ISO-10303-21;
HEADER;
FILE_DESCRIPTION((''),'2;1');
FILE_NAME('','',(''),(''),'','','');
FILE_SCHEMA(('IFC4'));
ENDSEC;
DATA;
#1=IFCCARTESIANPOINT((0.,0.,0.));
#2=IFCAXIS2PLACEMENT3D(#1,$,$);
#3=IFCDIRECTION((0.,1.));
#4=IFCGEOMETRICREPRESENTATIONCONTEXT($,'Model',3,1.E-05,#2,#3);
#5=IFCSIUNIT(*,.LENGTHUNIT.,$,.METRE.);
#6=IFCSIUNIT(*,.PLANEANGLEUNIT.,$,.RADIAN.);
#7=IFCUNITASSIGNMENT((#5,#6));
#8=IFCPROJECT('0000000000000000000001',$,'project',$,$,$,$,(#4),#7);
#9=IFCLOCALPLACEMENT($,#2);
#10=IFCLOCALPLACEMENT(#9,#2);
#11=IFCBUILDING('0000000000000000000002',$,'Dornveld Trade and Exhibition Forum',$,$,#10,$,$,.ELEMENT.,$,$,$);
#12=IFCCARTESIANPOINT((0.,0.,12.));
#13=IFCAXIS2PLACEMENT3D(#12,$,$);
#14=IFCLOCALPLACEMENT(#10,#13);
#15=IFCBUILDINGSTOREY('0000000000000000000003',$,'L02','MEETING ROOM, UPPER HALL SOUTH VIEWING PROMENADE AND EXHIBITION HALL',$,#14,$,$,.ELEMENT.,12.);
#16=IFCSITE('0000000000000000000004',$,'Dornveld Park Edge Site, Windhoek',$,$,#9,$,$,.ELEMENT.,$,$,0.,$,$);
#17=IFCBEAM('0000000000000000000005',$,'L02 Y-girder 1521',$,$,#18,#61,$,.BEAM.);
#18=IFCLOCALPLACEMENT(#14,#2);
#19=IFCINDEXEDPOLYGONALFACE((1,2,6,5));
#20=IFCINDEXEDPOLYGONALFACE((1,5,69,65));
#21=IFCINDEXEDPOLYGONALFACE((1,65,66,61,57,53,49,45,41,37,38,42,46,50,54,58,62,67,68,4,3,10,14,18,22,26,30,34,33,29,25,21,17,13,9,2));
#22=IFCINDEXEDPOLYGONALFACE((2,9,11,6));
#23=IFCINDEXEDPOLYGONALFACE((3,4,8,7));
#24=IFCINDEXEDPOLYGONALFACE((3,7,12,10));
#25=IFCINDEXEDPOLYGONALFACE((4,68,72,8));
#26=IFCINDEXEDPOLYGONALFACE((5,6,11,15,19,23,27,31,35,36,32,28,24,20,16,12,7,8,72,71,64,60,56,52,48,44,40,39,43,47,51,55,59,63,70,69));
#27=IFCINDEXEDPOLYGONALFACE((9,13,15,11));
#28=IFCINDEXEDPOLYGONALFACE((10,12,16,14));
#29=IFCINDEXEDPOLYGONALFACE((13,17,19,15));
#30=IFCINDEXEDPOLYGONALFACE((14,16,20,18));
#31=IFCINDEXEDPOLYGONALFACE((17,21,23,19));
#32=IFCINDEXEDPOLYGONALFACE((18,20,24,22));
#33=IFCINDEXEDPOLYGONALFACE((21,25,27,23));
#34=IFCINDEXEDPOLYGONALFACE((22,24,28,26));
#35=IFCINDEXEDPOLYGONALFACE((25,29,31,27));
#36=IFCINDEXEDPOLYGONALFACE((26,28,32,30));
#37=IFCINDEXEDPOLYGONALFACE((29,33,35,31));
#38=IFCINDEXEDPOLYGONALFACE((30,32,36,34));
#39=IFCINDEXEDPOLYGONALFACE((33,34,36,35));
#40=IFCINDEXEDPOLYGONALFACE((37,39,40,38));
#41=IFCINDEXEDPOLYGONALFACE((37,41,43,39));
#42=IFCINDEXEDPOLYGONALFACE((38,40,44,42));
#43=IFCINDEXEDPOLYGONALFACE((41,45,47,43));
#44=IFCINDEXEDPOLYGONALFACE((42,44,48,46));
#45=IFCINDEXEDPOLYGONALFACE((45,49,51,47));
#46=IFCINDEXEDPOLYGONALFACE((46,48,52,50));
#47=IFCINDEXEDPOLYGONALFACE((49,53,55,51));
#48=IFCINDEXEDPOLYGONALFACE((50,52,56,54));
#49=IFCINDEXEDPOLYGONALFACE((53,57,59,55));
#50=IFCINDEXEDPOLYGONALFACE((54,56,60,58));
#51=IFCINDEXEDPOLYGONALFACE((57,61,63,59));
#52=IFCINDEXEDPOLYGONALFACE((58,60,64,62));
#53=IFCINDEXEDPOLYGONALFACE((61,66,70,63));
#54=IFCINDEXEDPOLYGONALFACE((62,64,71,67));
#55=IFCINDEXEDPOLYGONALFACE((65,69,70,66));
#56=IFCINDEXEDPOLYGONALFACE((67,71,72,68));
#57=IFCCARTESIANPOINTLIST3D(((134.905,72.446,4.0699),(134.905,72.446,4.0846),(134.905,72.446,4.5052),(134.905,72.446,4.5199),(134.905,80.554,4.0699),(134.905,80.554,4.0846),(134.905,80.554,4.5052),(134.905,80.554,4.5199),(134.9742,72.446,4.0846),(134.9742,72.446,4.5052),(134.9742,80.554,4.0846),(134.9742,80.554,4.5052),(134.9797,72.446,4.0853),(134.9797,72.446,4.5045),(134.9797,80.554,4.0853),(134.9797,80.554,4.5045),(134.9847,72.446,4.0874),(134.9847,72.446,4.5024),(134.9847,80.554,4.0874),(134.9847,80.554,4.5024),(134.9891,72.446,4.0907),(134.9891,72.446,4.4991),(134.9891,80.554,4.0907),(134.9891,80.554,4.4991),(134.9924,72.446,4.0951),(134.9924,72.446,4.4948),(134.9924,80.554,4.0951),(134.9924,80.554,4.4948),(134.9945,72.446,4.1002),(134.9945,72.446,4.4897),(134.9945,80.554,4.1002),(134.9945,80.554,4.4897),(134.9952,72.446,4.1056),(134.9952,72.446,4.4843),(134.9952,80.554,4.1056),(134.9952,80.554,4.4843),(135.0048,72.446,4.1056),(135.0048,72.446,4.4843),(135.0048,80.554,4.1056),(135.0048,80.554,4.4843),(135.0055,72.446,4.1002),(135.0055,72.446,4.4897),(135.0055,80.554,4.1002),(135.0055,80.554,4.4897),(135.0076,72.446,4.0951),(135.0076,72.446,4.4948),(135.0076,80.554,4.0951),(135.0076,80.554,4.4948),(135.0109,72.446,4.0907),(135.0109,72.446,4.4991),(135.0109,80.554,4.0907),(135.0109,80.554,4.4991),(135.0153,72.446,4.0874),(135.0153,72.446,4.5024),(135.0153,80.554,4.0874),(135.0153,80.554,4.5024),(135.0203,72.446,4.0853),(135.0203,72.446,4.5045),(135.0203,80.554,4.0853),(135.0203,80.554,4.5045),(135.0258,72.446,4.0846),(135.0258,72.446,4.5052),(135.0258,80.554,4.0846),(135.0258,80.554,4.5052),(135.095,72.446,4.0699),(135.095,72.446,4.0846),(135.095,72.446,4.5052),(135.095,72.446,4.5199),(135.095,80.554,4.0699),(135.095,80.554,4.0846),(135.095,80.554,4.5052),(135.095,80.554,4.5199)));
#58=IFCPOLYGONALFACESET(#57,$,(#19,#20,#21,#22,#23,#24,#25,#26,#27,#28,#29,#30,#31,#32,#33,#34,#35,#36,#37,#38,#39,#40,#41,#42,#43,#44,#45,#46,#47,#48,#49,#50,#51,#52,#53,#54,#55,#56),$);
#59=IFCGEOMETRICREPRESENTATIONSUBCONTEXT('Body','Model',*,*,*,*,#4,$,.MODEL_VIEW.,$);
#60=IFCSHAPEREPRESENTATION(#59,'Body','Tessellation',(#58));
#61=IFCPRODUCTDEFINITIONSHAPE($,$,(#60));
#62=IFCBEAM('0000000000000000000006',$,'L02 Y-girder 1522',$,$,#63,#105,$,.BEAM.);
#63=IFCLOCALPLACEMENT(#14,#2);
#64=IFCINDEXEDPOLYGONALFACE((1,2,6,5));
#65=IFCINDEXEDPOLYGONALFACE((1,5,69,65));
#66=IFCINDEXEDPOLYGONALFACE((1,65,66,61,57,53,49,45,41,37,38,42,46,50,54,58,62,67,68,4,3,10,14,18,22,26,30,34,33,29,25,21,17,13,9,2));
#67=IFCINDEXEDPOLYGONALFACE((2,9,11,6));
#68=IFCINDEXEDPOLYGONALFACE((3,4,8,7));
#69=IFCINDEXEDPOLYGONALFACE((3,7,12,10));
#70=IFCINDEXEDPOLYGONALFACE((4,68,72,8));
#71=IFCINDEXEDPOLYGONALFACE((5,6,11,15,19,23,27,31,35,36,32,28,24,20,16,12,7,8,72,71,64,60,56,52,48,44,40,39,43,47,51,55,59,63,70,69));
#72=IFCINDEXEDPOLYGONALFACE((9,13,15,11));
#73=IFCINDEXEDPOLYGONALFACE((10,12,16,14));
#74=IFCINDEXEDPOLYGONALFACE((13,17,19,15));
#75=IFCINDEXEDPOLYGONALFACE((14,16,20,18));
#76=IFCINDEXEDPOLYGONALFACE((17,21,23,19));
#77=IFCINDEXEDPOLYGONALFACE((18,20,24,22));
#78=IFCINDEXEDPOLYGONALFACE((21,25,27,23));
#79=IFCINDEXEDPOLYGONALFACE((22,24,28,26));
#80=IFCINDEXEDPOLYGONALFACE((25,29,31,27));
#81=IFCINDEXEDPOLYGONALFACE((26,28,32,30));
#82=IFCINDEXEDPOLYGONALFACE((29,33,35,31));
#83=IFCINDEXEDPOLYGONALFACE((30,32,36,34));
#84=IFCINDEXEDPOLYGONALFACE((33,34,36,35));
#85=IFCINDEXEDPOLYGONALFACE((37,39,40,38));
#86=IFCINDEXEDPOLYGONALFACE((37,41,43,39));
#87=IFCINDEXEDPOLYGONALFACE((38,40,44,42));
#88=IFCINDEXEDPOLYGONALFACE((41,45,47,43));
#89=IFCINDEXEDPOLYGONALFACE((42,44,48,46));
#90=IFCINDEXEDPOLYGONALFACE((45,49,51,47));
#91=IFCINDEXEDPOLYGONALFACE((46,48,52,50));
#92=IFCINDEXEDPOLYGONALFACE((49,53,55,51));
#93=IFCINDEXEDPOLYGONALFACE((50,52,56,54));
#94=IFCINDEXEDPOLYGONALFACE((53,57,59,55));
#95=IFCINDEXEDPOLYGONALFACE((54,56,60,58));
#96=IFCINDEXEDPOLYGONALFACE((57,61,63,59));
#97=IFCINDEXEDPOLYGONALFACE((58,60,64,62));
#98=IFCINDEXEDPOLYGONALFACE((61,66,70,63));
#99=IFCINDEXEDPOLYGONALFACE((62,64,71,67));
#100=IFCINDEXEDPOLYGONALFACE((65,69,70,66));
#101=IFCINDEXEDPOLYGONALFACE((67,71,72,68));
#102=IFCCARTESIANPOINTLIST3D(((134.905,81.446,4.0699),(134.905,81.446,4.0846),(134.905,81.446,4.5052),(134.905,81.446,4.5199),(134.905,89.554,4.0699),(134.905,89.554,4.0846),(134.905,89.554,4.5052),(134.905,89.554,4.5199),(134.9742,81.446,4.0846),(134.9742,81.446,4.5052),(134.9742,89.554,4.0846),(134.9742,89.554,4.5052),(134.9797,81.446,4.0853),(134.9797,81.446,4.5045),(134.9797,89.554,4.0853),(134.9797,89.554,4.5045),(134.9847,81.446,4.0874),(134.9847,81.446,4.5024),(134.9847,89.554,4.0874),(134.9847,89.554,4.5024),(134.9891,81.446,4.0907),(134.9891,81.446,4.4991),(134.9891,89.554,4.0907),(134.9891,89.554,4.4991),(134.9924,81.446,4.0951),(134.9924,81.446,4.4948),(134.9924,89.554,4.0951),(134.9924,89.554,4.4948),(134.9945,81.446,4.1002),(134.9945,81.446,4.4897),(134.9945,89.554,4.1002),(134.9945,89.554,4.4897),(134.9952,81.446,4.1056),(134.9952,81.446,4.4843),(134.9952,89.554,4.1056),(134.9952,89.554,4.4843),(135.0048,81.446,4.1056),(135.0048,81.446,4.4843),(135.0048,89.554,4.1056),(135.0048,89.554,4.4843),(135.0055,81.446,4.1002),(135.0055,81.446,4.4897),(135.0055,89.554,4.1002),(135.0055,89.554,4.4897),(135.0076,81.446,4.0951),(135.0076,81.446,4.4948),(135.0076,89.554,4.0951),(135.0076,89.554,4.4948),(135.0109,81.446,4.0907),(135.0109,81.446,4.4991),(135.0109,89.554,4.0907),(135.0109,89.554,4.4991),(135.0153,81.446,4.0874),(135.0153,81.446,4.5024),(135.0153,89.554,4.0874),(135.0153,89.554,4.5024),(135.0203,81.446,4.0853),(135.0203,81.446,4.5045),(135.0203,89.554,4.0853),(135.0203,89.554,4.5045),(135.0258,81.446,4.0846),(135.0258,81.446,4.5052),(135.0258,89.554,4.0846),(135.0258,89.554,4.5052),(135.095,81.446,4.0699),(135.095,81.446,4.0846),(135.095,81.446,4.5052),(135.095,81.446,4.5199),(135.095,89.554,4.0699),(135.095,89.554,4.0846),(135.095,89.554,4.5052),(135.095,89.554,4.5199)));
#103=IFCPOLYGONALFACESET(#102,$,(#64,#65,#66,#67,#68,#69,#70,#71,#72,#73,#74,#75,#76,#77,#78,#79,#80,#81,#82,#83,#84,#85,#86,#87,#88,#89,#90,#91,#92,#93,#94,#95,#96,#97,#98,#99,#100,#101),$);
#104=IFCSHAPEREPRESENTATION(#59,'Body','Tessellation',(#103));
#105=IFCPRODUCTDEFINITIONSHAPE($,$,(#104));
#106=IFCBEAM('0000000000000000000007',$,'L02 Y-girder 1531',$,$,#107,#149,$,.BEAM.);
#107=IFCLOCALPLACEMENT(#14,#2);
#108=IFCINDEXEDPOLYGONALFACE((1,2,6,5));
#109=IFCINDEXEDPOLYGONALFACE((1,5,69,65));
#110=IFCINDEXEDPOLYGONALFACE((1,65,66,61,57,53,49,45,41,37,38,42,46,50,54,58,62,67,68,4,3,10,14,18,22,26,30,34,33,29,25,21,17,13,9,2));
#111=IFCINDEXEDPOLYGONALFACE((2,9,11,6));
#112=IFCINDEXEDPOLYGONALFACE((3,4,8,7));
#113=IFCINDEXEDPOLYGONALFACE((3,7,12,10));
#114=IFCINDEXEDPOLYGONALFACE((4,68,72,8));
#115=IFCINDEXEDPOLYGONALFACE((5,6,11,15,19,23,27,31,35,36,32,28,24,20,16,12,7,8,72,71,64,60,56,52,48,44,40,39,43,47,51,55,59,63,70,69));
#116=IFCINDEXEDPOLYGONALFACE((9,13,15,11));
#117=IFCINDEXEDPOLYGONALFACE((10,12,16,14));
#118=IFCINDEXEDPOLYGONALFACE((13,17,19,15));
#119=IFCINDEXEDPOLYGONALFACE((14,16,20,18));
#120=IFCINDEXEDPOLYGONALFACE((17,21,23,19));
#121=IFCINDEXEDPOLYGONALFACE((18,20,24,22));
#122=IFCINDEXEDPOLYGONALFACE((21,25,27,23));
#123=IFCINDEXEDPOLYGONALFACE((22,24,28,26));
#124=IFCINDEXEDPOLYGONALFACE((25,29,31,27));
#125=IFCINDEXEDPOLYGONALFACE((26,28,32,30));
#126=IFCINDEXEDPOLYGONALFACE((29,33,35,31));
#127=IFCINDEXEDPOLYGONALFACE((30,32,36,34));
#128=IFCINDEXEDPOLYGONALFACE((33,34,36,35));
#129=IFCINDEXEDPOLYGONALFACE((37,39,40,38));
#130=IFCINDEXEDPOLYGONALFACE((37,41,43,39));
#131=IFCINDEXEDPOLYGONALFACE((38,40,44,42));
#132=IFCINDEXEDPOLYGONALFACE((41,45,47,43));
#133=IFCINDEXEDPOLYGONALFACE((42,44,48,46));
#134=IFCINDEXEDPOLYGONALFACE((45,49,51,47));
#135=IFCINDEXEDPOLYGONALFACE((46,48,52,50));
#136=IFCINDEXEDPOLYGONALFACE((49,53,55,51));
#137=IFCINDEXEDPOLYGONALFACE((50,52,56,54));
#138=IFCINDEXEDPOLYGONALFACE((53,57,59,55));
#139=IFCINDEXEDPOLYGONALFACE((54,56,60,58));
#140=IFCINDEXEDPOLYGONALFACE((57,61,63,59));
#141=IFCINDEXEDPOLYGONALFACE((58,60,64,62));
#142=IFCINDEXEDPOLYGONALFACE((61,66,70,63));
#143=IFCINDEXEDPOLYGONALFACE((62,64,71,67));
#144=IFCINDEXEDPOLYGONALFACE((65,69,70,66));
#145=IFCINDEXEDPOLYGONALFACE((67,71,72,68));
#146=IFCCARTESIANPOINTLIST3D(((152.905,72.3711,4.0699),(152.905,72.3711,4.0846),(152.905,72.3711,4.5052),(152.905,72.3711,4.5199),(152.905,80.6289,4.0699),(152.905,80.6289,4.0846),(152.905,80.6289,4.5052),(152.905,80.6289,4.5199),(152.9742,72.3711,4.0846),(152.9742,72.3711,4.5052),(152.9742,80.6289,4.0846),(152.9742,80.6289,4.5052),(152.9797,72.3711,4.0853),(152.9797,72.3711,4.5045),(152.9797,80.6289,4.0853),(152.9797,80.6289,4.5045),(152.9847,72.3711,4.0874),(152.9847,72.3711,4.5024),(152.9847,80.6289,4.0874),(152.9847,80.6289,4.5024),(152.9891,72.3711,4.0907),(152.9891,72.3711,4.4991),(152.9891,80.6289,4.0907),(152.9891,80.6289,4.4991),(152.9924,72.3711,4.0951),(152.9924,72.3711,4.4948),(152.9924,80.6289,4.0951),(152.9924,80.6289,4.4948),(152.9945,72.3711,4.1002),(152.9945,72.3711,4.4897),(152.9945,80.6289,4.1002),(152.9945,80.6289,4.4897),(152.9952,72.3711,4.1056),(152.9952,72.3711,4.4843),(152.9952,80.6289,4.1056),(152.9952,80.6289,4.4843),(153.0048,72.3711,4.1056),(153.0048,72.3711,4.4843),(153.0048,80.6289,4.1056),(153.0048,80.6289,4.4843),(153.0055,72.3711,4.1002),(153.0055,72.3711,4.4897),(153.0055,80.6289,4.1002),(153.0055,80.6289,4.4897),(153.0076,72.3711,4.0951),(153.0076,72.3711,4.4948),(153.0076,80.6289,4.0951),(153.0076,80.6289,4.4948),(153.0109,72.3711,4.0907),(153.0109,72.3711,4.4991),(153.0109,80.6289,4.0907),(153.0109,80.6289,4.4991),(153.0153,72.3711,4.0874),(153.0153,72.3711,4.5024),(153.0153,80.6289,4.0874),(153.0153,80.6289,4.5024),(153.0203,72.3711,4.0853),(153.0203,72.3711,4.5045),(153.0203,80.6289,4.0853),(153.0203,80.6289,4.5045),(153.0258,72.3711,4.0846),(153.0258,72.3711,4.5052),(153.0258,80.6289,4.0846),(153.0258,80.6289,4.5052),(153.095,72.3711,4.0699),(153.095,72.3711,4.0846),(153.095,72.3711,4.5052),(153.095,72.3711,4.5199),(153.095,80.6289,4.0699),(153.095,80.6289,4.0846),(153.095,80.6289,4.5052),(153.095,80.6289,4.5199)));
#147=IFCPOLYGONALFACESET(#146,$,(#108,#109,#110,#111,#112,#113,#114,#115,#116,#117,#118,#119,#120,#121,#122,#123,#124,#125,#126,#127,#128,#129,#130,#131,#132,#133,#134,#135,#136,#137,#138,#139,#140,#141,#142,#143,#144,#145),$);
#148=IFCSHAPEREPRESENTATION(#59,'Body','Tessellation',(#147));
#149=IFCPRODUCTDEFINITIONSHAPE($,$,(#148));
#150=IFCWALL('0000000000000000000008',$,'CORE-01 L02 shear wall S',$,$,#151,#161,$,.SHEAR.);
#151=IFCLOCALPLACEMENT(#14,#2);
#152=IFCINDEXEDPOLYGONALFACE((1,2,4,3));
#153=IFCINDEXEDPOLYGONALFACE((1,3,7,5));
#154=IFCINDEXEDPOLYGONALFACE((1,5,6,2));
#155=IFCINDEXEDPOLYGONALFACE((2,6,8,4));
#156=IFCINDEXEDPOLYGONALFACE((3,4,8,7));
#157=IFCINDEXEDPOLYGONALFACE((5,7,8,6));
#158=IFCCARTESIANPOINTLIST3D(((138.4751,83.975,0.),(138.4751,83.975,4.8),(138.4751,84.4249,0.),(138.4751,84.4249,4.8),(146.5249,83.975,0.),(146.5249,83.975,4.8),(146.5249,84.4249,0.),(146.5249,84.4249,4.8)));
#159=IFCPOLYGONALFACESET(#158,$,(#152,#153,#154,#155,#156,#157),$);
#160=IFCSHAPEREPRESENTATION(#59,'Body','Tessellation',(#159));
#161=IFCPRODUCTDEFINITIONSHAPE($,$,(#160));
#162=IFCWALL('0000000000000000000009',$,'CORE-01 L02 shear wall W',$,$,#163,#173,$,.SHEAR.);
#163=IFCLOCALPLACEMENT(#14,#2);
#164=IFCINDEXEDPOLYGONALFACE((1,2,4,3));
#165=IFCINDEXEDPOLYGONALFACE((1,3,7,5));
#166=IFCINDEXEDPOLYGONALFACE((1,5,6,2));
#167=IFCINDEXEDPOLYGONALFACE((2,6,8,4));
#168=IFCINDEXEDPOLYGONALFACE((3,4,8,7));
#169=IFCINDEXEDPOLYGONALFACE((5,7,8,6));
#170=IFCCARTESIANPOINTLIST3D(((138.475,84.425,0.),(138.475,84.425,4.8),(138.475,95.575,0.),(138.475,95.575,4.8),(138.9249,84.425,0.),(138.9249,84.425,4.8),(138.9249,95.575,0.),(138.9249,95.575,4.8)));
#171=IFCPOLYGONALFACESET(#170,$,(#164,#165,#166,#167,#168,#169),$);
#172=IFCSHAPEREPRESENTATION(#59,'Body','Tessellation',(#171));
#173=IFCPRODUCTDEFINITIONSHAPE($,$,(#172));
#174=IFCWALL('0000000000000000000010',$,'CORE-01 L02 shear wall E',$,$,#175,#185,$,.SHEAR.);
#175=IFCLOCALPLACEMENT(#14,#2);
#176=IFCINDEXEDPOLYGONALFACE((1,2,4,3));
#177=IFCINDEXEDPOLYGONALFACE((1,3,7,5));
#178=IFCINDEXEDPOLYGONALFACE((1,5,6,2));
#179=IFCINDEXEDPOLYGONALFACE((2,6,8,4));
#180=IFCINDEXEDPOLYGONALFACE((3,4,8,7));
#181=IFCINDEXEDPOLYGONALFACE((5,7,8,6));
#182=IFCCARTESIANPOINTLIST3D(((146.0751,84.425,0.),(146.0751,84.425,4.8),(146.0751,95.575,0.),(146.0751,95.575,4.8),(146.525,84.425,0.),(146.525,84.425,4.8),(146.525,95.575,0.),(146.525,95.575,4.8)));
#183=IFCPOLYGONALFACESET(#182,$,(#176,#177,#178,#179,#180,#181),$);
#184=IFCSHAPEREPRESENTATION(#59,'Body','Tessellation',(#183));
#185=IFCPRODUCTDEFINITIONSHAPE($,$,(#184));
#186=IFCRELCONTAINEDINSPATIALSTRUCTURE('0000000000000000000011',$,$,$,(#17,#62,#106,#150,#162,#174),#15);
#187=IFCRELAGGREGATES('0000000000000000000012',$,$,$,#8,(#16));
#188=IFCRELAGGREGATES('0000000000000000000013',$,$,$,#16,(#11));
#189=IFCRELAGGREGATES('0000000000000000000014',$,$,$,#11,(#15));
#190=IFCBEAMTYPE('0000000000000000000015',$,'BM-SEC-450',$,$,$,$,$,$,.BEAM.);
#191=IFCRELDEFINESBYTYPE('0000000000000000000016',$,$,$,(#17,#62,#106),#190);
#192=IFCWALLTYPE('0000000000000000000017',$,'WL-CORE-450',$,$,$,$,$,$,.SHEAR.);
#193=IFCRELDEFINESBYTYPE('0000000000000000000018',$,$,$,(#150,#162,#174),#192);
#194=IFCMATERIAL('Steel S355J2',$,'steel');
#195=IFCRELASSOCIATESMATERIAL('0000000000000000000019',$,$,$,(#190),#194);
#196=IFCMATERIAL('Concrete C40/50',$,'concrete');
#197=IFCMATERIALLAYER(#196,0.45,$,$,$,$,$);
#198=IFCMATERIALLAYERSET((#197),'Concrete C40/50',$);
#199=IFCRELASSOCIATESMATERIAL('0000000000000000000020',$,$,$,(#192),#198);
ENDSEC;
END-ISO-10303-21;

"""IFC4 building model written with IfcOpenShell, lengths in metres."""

from ifc_helpers import new_model, si_unit, direction, frame, frame_2d, origin, origin_2d, place, context, subcontext, project, spatial, rectangle, i_section, extrude, material, layer, layer_set, material_profile, profile_set, type_object, element, save


model = new_model("IFC4")

# Units and contexts
model_context = context("Model", 3, precision=1e-05, world=origin(), true_north=direction((0.0, 1.0)))
body_context = subcontext(model_context, "Body", "Model", "MODEL_VIEW")
ifc_project = project(units=[si_unit("LENGTHUNIT", "METRE"), si_unit("PLANEANGLEUNIT", "RADIAN")], contexts=[model_context])

# Site, building, storey
site_placement = place(None, origin())
site = spatial("IfcSite", under=ifc_project, at=site_placement, Name="Dornveld Park Edge Site, Windhoek", CompositionType="ELEMENT", RefElevation=0.0)
building_placement = place(site_placement, origin())
building = spatial("IfcBuilding", under=site, at=building_placement, Name="Dornveld Trade and Exhibition Forum", CompositionType="ELEMENT")
storey_placement = place(building_placement, frame((0.0, 0.0, 12.0)))
storey = spatial("IfcBuildingStorey", under=building, at=storey_placement, Name="L02", Description="MEETING ROOM, UPPER HALL SOUTH VIEWING PROMENADE AND EXHIBITION HALL", CompositionType="ELEMENT", Elevation=12.0)

# Beams
ifc_material_1 = material(Name="Steel S355J2", Category="steel")
ifc_material_profile_1 = material_profile(ifc_material_1, i_section(OverallWidth=0.1899, OverallDepth=0.45, WebThickness=0.0095, FlangeThickness=0.0146, FilletRadius=0.021, at=origin_2d()), Name="IPE 450")
ifc_profile_set_1 = profile_set([ifc_material_profile_1], Name="Steel S355J2")
beam_type_1 = type_object("IfcBeamType", Name="BM-SEC-450", PredefinedType="BEAM", material=ifc_profile_set_1)
for number, where, z_axis, x_axis, name in (
    (1, (135.0, 72.446, 4.2949), (0.0, 1.0, 0.0), (-1.0, 0.0, 0.0), "L02 Y-girder 1521"),
    (2, (135.0, 81.446, 4.2949), (0.0, 1.0, 0.0), (-1.0, 0.0, 0.0), "L02 Y-girder 1522"),
):
    element("IfcBeam", number, at=place(storey_placement, frame(where, z_axis=z_axis, x_axis=x_axis)), inside=storey, type_object=beam_type_1, Name=name, PredefinedType="BEAM", context=body_context, shape_type="SweptSolid", body=[
        extrude(i_section(OverallWidth=0.1899, OverallDepth=0.45, WebThickness=0.0095, FlangeThickness=0.0146, FilletRadius=0.021, at=origin_2d()), origin(), (0.0, 0.0, 1.0), 8.1079),
    ])
beam_1_placement = place(storey_placement, frame((153.0, 72.3711, 4.2949), z_axis=(0.0, 1.0, 0.0), x_axis=(-1.0, 0.0, 0.0)))
element("IfcBeam", 3, at=beam_1_placement, inside=storey, type_object=beam_type_1, Name="L02 Y-girder 1531", PredefinedType="BEAM", context=body_context, shape_type="SweptSolid", body=[
    extrude(i_section(OverallWidth=0.1899, OverallDepth=0.45, WebThickness=0.0095, FlangeThickness=0.0146, FilletRadius=0.021, at=origin_2d()), origin(), (0.0, 0.0, 1.0), 8.2578),
])

# Walls
ifc_material_2 = material(Name="Concrete C40/50", Category="concrete")
ifc_layer_1 = layer(ifc_material_2, 0.45)
ifc_layer_set_1 = layer_set([ifc_layer_1], Name="Concrete C40/50")
wall_type_1 = type_object("IfcWallType", Name="WL-CORE-450", PredefinedType="SHEAR", material=ifc_layer_set_1)
wall_1_placement = place(storey_placement, frame((138.4751, 84.2, 0.0), z_axis=(0.0, 0.0, 1.0), x_axis=(1.0, 0.0, 0.0)))
element("IfcWall", 4, at=wall_1_placement, inside=storey, type_object=wall_type_1, Name="CORE-01 L02 shear wall S", PredefinedType="SHEAR", context=body_context, shape_type="SweptSolid", body=[
    extrude(rectangle(XDim=8.0498, YDim=0.45, at=frame_2d((4.0249, 0.0))), origin(), (0.0, 0.0, 1.0), 4.8),
])
for number, where, z_axis, x_axis, name in (
    (5, (138.7, 84.425, 0.0), (0.0, 0.0, 1.0), (0.0, 1.0, 0.0), "CORE-01 L02 shear wall W"),
    (6, (146.3, 84.425, 0.0), (0.0, 0.0, 1.0), (0.0, 1.0, 0.0), "CORE-01 L02 shear wall E"),
):
    element("IfcWall", number, at=place(storey_placement, frame(where, z_axis=z_axis, x_axis=x_axis)), inside=storey, type_object=wall_type_1, Name=name, PredefinedType="SHEAR", context=body_context, shape_type="SweptSolid", body=[
        extrude(rectangle(XDim=11.1499, YDim=0.45, at=frame_2d((5.575, 0.0))), origin(), (0.0, 0.0, 1.0), 4.8),
    ])

save(model, "model.ifc")
